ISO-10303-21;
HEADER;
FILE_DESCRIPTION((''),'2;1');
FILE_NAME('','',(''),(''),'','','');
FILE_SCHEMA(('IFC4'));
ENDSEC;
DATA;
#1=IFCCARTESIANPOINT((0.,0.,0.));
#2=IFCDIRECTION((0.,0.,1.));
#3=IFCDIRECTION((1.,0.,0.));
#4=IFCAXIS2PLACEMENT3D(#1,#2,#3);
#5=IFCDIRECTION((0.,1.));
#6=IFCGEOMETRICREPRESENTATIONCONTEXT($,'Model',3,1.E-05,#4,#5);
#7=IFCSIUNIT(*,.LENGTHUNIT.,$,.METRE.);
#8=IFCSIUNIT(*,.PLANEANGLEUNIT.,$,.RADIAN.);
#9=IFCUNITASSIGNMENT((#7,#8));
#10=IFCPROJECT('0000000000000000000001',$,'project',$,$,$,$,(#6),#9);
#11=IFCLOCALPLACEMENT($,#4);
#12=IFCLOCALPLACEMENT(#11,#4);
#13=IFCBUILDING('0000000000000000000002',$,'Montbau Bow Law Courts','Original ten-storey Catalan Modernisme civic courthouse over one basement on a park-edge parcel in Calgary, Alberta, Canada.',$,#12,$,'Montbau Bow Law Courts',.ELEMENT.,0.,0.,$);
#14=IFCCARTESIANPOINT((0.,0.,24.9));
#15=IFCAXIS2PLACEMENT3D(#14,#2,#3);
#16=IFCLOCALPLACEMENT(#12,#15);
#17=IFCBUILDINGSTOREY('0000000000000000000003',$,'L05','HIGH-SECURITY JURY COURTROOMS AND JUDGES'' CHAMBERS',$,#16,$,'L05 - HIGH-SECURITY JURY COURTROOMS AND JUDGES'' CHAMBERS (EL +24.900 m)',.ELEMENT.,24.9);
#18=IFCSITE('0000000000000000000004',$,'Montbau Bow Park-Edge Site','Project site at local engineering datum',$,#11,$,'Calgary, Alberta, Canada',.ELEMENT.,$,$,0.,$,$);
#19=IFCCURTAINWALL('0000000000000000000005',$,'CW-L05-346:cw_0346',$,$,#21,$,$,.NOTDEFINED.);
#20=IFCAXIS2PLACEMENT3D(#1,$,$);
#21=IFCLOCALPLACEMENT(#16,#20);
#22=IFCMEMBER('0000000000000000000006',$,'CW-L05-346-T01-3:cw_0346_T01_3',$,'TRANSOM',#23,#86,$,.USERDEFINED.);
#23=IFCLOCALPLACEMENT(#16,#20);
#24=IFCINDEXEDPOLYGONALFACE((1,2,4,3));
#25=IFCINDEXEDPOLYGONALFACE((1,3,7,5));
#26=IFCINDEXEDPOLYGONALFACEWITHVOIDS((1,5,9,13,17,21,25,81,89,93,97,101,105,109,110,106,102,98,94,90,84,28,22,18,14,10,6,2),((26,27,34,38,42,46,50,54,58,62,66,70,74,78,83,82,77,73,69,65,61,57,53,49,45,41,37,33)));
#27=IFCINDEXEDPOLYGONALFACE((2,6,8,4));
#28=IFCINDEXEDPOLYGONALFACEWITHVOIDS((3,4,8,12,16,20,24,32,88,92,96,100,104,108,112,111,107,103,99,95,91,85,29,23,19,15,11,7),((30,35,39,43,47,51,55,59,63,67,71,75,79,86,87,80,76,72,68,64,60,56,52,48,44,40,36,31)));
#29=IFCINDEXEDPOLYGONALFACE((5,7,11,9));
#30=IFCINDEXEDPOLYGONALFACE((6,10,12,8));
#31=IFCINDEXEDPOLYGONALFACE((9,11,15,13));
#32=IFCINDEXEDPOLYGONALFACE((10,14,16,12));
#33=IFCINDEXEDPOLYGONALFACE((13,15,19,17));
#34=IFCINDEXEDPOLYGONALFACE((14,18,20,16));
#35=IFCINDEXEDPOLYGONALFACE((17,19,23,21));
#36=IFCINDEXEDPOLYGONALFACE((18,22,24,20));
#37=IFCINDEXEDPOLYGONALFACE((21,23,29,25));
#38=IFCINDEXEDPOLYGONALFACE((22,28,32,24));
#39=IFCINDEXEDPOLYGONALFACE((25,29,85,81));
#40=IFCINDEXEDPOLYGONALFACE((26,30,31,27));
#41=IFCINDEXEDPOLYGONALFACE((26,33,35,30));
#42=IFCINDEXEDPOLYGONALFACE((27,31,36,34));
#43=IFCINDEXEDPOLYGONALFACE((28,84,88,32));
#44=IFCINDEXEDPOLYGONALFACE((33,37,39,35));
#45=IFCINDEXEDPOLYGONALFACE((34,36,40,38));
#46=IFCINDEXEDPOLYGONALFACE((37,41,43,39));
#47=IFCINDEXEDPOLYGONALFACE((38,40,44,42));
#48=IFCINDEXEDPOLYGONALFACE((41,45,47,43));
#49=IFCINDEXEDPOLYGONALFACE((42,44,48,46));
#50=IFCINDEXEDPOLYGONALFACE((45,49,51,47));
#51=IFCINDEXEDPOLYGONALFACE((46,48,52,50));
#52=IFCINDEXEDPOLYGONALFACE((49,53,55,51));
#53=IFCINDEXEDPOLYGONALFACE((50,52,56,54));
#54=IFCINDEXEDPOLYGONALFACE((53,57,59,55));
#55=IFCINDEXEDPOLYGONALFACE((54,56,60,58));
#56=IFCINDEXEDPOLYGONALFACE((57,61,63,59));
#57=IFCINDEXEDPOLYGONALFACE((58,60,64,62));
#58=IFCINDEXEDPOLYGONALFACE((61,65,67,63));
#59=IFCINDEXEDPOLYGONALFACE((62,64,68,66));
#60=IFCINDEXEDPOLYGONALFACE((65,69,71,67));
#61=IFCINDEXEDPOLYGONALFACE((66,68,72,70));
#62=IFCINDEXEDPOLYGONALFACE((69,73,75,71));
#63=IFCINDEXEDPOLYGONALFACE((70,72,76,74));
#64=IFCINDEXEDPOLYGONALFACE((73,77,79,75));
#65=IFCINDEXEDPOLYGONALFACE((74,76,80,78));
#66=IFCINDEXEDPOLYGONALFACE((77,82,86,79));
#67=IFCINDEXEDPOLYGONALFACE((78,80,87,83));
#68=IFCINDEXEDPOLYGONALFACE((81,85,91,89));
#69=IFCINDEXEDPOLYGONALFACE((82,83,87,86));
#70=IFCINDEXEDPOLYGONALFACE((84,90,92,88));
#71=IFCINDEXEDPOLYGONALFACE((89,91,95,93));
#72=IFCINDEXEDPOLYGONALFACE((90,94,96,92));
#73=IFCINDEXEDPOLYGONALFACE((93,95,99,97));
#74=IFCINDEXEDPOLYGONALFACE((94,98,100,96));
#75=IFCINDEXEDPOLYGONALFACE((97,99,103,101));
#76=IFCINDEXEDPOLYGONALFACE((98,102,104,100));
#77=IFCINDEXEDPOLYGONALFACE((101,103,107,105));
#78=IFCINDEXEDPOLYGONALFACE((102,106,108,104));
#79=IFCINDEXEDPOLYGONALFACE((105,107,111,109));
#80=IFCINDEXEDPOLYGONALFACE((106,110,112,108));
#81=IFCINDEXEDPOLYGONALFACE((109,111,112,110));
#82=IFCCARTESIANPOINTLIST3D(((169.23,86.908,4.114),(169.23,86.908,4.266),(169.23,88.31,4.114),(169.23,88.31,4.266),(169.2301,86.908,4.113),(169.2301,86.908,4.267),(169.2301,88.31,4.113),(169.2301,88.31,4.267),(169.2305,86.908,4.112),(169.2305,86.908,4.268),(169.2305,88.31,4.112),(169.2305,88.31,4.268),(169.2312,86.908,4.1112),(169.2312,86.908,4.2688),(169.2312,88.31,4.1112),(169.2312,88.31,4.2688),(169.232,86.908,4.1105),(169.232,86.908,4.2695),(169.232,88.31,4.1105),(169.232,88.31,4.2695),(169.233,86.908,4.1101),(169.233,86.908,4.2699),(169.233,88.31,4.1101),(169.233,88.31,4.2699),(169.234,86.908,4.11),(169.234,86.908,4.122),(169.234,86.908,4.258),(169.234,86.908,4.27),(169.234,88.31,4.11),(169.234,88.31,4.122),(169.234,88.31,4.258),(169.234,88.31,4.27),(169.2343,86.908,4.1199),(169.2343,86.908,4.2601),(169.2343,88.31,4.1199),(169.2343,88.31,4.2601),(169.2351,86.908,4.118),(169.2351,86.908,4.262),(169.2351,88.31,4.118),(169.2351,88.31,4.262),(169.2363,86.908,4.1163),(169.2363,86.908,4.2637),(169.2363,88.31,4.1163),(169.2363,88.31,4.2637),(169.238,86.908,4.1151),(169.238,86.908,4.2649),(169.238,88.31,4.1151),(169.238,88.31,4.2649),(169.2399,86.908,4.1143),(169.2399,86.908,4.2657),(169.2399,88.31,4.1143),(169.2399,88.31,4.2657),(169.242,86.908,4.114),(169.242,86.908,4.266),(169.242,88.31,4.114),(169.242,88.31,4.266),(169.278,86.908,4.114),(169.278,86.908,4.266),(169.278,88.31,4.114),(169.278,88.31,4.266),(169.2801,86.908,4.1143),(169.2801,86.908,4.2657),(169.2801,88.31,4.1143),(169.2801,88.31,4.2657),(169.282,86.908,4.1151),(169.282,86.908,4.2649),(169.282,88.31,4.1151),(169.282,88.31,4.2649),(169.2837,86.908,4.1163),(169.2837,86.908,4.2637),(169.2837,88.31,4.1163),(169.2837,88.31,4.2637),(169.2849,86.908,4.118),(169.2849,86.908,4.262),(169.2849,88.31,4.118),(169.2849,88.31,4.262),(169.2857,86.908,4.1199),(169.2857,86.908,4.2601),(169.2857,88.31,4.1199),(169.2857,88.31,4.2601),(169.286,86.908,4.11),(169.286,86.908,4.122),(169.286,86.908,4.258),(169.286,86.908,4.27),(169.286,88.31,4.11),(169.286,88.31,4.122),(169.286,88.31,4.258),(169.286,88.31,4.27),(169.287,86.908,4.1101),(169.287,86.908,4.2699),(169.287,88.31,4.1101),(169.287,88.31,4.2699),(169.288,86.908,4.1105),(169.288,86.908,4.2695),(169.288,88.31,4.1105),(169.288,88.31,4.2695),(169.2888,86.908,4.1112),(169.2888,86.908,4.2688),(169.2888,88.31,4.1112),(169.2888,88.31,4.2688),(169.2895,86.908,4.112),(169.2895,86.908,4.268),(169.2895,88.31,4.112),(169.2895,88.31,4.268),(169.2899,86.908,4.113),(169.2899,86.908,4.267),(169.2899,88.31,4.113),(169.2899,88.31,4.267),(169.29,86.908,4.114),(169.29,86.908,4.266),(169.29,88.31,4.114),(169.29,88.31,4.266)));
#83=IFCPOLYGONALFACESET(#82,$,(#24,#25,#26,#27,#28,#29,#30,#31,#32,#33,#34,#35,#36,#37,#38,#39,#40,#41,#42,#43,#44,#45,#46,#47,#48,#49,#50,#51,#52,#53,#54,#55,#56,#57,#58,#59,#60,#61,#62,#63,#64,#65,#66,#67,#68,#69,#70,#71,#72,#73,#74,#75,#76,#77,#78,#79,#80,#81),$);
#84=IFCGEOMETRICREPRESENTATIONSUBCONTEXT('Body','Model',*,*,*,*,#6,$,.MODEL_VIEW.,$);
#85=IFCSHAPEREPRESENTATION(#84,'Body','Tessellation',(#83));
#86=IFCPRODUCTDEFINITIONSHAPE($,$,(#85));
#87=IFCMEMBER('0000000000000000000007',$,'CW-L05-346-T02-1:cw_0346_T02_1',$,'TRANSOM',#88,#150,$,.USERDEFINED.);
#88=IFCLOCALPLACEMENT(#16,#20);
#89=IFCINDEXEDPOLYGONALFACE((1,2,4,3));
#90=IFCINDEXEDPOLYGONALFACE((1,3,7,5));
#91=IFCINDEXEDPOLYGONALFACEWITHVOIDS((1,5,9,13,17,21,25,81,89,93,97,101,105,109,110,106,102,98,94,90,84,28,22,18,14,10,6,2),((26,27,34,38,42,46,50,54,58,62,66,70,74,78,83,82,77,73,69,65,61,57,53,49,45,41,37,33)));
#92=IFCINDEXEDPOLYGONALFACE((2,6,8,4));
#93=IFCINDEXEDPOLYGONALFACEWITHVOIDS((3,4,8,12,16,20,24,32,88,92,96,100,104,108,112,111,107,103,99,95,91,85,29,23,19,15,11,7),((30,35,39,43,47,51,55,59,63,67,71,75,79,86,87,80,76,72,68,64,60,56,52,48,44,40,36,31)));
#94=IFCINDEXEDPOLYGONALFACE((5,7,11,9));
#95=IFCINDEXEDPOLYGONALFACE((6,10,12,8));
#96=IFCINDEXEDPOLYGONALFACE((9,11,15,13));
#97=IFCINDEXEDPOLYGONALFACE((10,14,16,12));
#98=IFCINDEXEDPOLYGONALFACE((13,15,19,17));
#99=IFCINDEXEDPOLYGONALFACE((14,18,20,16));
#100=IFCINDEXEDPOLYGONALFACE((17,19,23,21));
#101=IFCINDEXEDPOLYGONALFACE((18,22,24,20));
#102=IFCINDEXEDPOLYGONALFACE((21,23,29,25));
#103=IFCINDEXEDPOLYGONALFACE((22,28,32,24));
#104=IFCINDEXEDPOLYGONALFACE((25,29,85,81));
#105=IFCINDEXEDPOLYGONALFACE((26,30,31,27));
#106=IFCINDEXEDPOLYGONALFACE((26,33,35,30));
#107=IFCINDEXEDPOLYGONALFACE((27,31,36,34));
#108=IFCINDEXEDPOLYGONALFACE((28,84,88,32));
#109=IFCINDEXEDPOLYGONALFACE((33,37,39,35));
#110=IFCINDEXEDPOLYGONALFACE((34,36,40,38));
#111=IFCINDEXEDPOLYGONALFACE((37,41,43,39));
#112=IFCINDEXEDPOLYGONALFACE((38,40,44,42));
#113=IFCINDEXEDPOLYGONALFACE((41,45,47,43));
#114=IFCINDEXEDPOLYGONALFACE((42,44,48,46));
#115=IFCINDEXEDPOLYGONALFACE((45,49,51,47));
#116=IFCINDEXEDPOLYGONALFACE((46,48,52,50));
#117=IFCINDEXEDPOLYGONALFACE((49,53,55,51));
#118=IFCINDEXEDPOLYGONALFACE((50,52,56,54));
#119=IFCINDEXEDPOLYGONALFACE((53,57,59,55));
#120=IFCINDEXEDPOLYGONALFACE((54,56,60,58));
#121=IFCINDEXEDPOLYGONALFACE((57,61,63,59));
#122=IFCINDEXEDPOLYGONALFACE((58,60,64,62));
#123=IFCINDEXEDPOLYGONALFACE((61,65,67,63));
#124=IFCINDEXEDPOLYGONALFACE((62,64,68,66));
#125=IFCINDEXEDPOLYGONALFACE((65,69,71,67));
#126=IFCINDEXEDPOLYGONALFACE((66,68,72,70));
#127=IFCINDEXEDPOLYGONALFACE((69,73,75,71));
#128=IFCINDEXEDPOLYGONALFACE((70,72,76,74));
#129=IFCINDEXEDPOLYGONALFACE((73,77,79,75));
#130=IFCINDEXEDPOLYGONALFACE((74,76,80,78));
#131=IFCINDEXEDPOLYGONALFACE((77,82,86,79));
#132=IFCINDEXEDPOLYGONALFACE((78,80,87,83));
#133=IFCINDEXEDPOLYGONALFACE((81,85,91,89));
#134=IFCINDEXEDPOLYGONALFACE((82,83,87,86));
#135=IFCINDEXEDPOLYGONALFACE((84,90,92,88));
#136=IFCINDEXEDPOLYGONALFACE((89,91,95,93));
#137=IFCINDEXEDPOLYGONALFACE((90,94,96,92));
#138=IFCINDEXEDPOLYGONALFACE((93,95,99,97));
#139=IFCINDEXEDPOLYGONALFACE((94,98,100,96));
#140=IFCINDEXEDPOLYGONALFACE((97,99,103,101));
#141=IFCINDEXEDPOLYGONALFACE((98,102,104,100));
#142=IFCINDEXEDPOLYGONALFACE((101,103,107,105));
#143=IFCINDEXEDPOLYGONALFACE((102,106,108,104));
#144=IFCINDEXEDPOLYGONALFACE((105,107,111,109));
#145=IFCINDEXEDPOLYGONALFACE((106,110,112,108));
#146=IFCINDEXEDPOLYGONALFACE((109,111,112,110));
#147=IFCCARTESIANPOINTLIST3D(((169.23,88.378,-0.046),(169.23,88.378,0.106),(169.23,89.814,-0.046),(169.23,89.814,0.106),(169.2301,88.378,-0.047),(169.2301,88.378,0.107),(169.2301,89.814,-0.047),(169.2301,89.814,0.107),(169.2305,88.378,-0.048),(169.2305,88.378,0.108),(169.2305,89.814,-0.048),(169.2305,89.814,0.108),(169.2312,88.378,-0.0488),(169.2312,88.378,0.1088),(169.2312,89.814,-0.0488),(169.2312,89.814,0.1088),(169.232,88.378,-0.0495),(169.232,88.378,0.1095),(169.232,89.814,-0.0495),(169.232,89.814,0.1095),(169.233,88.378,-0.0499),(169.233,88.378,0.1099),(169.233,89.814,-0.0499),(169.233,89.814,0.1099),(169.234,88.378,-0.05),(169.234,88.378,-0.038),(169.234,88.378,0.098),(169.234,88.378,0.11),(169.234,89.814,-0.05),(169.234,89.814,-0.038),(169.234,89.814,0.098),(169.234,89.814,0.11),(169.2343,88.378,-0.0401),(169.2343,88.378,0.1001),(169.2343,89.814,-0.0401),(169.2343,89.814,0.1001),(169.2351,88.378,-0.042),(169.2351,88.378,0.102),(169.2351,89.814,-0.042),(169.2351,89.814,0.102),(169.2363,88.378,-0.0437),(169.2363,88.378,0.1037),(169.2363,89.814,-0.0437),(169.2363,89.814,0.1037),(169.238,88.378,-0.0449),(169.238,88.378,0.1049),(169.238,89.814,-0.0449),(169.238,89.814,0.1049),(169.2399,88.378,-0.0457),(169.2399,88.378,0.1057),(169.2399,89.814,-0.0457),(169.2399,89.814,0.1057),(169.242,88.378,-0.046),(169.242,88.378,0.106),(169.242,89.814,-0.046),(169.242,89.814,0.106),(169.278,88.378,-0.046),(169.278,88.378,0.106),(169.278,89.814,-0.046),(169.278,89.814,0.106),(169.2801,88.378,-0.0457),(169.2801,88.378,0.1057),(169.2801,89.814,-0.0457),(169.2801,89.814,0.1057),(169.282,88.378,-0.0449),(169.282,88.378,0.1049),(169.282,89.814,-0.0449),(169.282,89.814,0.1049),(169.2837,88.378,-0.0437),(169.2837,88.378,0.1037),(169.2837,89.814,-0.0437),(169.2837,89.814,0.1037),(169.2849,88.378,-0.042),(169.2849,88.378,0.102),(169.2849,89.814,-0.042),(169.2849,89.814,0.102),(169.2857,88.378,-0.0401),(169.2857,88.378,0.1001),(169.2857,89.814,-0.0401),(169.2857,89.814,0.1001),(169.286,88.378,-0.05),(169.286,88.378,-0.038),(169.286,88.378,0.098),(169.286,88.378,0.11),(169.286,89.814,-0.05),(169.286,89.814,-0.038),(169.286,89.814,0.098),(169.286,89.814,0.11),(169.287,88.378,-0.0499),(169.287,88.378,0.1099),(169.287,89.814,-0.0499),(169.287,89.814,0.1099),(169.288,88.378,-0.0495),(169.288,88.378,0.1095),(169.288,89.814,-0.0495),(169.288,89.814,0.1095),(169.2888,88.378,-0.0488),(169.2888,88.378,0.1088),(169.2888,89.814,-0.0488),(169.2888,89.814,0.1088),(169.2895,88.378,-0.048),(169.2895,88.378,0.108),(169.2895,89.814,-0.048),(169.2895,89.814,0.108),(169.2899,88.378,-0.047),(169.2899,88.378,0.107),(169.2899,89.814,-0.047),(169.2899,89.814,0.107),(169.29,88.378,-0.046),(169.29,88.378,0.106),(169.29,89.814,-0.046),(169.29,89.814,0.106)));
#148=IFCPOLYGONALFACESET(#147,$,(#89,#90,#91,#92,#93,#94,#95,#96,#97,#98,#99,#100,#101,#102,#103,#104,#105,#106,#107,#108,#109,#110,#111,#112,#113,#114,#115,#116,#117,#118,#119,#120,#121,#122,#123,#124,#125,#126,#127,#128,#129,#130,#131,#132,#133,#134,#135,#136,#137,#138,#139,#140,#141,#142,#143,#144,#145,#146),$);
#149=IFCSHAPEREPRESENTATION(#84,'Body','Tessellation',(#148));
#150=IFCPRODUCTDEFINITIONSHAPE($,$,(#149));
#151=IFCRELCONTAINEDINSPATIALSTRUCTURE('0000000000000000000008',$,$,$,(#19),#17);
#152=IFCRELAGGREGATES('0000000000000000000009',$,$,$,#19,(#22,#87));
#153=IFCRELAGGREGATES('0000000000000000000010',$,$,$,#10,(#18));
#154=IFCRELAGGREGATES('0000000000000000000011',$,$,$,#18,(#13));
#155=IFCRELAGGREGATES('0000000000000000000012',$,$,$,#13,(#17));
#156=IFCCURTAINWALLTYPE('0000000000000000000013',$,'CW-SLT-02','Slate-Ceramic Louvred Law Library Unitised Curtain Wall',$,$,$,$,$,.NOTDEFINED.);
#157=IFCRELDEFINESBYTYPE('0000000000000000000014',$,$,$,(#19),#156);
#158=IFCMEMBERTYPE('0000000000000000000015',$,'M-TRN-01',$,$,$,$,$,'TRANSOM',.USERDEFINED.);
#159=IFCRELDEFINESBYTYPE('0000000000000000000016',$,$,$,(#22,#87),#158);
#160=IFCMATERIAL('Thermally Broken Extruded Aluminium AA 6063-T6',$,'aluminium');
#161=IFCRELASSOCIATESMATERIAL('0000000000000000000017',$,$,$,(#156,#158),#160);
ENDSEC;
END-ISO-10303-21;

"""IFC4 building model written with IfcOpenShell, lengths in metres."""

from ifc_helpers import new_model, si_unit, direction, frame, origin_with_axes, origin_2d_with_axis, place, context, subcontext, project, spatial, hollow_rectangle, extrude, material, material_profile, profile_set, type_object, element, aggregate, save


model = new_model("IFC4")

# Units and contexts
model_context = context("Model", 3, precision=1e-05, world=origin_with_axes(), true_north=direction((0.0, 1.0)))
body_context = subcontext(model_context, "Body", "Model", "MODEL_VIEW")
ifc_project = project(units=[si_unit("LENGTHUNIT", "METRE"), si_unit("PLANEANGLEUNIT", "RADIAN")], contexts=[model_context])

# Site, building, storey
site_placement = place(None, origin_with_axes())
site = spatial("IfcSite", under=ifc_project, at=site_placement, Name="Montbau Bow Park-Edge Site", Description="Project site at local engineering datum", LongName="Calgary, Alberta, Canada", CompositionType="ELEMENT", RefElevation=0.0)
building_placement = place(site_placement, origin_with_axes())
building = spatial("IfcBuilding", under=site, at=building_placement, Name="Montbau Bow Law Courts", Description="Original ten-storey Catalan Modernisme civic courthouse over one basement on a park-edge parcel in Calgary, Alberta, Canada.", LongName="Montbau Bow Law Courts", CompositionType="ELEMENT", ElevationOfRefHeight=0.0, ElevationOfTerrain=0.0)
storey_placement = place(building_placement, frame((0.0, 0.0, 24.9), z_axis=(0.0, 0.0, 1.0), x_axis=(1.0, 0.0, 0.0)))
storey = spatial("IfcBuildingStorey", under=building, at=storey_placement, Name="L05", Description="HIGH-SECURITY JURY COURTROOMS AND JUDGES' CHAMBERS", LongName="L05 - HIGH-SECURITY JURY COURTROOMS AND JUDGES' CHAMBERS (EL +24.900 m)", CompositionType="ELEMENT", Elevation=24.9)

# Curtain wall, members
ifc_material_1 = material(Name="Thermally Broken Extruded Aluminium AA 6063-T6", Category="aluminium")
curtain_wall_type = type_object("IfcCurtainWallType", Name="CW-SLT-02", Description="Slate-Ceramic Louvred Law Library Unitised Curtain Wall", PredefinedType="NOTDEFINED", material=ifc_material_1)
curtain_wall_placement = place(None, frame((169.26, 86.84, 24.9), z_axis=(0.0, 0.0, 1.0), x_axis=(1.0, 0.0, 0.0)))
curtain_wall = element("IfcCurtainWall", 1, at=curtain_wall_placement, inside=storey, type_object=curtain_wall_type, Name="CW-L05-346:cw_0346", PredefinedType="NOTDEFINED")
ifc_material_profile_1 = material_profile(ifc_material_1, hollow_rectangle(XDim=0.06, YDim=0.16, WallThickness=0.004, InnerFilletRadius=0.008, OuterFilletRadius=0.004, at=origin_2d_with_axis()), Name="CWT-160X60", Category="Main", Priority=0)
ifc_profile_set_1 = profile_set([ifc_material_profile_1], Name="Thermally Broken Extruded Aluminium AA 6063-T6")
member_type_1 = type_object("IfcMemberType", Name="M-TRN-01", ElementType="TRANSOM", PredefinedType="USERDEFINED", material=ifc_profile_set_1)
member_1_placement = place(None, frame((169.26, 86.908, 29.09), z_axis=(0.0, 1.0, 0.0), x_axis=(-1.0, 0.0, 0.0)))
member_1 = element("IfcMember", 2, at=member_1_placement, type_object=member_type_1, Name="CW-L05-346-T01-3:cw_0346_T01_3", ObjectType="TRANSOM", PredefinedType="USERDEFINED", context=body_context, shape_type="SweptSolid", body=[
    extrude(hollow_rectangle(XDim=0.06, YDim=0.16, WallThickness=0.004, InnerFilletRadius=0.008, OuterFilletRadius=0.004, at=origin_2d_with_axis()), origin_with_axes(), (0.0, 0.0, 1.0), 1.402),
])
member_2_placement = place(None, frame((169.26, 88.378, 24.93), z_axis=(0.0, 1.0, 0.0), x_axis=(-1.0, 0.0, 0.0)))
member_2 = element("IfcMember", 3, at=member_2_placement, type_object=member_type_1, Name="CW-L05-346-T02-1:cw_0346_T02_1", ObjectType="TRANSOM", PredefinedType="USERDEFINED", context=body_context, shape_type="SweptSolid", body=[
    extrude(hollow_rectangle(XDim=0.06, YDim=0.16, WallThickness=0.004, InnerFilletRadius=0.008, OuterFilletRadius=0.004, at=origin_2d_with_axis()), origin_with_axes(), (0.0, 0.0, 1.0), 1.436),
])
aggregate(curtain_wall, [member_1, member_2])

save(model, "model.ifc")
